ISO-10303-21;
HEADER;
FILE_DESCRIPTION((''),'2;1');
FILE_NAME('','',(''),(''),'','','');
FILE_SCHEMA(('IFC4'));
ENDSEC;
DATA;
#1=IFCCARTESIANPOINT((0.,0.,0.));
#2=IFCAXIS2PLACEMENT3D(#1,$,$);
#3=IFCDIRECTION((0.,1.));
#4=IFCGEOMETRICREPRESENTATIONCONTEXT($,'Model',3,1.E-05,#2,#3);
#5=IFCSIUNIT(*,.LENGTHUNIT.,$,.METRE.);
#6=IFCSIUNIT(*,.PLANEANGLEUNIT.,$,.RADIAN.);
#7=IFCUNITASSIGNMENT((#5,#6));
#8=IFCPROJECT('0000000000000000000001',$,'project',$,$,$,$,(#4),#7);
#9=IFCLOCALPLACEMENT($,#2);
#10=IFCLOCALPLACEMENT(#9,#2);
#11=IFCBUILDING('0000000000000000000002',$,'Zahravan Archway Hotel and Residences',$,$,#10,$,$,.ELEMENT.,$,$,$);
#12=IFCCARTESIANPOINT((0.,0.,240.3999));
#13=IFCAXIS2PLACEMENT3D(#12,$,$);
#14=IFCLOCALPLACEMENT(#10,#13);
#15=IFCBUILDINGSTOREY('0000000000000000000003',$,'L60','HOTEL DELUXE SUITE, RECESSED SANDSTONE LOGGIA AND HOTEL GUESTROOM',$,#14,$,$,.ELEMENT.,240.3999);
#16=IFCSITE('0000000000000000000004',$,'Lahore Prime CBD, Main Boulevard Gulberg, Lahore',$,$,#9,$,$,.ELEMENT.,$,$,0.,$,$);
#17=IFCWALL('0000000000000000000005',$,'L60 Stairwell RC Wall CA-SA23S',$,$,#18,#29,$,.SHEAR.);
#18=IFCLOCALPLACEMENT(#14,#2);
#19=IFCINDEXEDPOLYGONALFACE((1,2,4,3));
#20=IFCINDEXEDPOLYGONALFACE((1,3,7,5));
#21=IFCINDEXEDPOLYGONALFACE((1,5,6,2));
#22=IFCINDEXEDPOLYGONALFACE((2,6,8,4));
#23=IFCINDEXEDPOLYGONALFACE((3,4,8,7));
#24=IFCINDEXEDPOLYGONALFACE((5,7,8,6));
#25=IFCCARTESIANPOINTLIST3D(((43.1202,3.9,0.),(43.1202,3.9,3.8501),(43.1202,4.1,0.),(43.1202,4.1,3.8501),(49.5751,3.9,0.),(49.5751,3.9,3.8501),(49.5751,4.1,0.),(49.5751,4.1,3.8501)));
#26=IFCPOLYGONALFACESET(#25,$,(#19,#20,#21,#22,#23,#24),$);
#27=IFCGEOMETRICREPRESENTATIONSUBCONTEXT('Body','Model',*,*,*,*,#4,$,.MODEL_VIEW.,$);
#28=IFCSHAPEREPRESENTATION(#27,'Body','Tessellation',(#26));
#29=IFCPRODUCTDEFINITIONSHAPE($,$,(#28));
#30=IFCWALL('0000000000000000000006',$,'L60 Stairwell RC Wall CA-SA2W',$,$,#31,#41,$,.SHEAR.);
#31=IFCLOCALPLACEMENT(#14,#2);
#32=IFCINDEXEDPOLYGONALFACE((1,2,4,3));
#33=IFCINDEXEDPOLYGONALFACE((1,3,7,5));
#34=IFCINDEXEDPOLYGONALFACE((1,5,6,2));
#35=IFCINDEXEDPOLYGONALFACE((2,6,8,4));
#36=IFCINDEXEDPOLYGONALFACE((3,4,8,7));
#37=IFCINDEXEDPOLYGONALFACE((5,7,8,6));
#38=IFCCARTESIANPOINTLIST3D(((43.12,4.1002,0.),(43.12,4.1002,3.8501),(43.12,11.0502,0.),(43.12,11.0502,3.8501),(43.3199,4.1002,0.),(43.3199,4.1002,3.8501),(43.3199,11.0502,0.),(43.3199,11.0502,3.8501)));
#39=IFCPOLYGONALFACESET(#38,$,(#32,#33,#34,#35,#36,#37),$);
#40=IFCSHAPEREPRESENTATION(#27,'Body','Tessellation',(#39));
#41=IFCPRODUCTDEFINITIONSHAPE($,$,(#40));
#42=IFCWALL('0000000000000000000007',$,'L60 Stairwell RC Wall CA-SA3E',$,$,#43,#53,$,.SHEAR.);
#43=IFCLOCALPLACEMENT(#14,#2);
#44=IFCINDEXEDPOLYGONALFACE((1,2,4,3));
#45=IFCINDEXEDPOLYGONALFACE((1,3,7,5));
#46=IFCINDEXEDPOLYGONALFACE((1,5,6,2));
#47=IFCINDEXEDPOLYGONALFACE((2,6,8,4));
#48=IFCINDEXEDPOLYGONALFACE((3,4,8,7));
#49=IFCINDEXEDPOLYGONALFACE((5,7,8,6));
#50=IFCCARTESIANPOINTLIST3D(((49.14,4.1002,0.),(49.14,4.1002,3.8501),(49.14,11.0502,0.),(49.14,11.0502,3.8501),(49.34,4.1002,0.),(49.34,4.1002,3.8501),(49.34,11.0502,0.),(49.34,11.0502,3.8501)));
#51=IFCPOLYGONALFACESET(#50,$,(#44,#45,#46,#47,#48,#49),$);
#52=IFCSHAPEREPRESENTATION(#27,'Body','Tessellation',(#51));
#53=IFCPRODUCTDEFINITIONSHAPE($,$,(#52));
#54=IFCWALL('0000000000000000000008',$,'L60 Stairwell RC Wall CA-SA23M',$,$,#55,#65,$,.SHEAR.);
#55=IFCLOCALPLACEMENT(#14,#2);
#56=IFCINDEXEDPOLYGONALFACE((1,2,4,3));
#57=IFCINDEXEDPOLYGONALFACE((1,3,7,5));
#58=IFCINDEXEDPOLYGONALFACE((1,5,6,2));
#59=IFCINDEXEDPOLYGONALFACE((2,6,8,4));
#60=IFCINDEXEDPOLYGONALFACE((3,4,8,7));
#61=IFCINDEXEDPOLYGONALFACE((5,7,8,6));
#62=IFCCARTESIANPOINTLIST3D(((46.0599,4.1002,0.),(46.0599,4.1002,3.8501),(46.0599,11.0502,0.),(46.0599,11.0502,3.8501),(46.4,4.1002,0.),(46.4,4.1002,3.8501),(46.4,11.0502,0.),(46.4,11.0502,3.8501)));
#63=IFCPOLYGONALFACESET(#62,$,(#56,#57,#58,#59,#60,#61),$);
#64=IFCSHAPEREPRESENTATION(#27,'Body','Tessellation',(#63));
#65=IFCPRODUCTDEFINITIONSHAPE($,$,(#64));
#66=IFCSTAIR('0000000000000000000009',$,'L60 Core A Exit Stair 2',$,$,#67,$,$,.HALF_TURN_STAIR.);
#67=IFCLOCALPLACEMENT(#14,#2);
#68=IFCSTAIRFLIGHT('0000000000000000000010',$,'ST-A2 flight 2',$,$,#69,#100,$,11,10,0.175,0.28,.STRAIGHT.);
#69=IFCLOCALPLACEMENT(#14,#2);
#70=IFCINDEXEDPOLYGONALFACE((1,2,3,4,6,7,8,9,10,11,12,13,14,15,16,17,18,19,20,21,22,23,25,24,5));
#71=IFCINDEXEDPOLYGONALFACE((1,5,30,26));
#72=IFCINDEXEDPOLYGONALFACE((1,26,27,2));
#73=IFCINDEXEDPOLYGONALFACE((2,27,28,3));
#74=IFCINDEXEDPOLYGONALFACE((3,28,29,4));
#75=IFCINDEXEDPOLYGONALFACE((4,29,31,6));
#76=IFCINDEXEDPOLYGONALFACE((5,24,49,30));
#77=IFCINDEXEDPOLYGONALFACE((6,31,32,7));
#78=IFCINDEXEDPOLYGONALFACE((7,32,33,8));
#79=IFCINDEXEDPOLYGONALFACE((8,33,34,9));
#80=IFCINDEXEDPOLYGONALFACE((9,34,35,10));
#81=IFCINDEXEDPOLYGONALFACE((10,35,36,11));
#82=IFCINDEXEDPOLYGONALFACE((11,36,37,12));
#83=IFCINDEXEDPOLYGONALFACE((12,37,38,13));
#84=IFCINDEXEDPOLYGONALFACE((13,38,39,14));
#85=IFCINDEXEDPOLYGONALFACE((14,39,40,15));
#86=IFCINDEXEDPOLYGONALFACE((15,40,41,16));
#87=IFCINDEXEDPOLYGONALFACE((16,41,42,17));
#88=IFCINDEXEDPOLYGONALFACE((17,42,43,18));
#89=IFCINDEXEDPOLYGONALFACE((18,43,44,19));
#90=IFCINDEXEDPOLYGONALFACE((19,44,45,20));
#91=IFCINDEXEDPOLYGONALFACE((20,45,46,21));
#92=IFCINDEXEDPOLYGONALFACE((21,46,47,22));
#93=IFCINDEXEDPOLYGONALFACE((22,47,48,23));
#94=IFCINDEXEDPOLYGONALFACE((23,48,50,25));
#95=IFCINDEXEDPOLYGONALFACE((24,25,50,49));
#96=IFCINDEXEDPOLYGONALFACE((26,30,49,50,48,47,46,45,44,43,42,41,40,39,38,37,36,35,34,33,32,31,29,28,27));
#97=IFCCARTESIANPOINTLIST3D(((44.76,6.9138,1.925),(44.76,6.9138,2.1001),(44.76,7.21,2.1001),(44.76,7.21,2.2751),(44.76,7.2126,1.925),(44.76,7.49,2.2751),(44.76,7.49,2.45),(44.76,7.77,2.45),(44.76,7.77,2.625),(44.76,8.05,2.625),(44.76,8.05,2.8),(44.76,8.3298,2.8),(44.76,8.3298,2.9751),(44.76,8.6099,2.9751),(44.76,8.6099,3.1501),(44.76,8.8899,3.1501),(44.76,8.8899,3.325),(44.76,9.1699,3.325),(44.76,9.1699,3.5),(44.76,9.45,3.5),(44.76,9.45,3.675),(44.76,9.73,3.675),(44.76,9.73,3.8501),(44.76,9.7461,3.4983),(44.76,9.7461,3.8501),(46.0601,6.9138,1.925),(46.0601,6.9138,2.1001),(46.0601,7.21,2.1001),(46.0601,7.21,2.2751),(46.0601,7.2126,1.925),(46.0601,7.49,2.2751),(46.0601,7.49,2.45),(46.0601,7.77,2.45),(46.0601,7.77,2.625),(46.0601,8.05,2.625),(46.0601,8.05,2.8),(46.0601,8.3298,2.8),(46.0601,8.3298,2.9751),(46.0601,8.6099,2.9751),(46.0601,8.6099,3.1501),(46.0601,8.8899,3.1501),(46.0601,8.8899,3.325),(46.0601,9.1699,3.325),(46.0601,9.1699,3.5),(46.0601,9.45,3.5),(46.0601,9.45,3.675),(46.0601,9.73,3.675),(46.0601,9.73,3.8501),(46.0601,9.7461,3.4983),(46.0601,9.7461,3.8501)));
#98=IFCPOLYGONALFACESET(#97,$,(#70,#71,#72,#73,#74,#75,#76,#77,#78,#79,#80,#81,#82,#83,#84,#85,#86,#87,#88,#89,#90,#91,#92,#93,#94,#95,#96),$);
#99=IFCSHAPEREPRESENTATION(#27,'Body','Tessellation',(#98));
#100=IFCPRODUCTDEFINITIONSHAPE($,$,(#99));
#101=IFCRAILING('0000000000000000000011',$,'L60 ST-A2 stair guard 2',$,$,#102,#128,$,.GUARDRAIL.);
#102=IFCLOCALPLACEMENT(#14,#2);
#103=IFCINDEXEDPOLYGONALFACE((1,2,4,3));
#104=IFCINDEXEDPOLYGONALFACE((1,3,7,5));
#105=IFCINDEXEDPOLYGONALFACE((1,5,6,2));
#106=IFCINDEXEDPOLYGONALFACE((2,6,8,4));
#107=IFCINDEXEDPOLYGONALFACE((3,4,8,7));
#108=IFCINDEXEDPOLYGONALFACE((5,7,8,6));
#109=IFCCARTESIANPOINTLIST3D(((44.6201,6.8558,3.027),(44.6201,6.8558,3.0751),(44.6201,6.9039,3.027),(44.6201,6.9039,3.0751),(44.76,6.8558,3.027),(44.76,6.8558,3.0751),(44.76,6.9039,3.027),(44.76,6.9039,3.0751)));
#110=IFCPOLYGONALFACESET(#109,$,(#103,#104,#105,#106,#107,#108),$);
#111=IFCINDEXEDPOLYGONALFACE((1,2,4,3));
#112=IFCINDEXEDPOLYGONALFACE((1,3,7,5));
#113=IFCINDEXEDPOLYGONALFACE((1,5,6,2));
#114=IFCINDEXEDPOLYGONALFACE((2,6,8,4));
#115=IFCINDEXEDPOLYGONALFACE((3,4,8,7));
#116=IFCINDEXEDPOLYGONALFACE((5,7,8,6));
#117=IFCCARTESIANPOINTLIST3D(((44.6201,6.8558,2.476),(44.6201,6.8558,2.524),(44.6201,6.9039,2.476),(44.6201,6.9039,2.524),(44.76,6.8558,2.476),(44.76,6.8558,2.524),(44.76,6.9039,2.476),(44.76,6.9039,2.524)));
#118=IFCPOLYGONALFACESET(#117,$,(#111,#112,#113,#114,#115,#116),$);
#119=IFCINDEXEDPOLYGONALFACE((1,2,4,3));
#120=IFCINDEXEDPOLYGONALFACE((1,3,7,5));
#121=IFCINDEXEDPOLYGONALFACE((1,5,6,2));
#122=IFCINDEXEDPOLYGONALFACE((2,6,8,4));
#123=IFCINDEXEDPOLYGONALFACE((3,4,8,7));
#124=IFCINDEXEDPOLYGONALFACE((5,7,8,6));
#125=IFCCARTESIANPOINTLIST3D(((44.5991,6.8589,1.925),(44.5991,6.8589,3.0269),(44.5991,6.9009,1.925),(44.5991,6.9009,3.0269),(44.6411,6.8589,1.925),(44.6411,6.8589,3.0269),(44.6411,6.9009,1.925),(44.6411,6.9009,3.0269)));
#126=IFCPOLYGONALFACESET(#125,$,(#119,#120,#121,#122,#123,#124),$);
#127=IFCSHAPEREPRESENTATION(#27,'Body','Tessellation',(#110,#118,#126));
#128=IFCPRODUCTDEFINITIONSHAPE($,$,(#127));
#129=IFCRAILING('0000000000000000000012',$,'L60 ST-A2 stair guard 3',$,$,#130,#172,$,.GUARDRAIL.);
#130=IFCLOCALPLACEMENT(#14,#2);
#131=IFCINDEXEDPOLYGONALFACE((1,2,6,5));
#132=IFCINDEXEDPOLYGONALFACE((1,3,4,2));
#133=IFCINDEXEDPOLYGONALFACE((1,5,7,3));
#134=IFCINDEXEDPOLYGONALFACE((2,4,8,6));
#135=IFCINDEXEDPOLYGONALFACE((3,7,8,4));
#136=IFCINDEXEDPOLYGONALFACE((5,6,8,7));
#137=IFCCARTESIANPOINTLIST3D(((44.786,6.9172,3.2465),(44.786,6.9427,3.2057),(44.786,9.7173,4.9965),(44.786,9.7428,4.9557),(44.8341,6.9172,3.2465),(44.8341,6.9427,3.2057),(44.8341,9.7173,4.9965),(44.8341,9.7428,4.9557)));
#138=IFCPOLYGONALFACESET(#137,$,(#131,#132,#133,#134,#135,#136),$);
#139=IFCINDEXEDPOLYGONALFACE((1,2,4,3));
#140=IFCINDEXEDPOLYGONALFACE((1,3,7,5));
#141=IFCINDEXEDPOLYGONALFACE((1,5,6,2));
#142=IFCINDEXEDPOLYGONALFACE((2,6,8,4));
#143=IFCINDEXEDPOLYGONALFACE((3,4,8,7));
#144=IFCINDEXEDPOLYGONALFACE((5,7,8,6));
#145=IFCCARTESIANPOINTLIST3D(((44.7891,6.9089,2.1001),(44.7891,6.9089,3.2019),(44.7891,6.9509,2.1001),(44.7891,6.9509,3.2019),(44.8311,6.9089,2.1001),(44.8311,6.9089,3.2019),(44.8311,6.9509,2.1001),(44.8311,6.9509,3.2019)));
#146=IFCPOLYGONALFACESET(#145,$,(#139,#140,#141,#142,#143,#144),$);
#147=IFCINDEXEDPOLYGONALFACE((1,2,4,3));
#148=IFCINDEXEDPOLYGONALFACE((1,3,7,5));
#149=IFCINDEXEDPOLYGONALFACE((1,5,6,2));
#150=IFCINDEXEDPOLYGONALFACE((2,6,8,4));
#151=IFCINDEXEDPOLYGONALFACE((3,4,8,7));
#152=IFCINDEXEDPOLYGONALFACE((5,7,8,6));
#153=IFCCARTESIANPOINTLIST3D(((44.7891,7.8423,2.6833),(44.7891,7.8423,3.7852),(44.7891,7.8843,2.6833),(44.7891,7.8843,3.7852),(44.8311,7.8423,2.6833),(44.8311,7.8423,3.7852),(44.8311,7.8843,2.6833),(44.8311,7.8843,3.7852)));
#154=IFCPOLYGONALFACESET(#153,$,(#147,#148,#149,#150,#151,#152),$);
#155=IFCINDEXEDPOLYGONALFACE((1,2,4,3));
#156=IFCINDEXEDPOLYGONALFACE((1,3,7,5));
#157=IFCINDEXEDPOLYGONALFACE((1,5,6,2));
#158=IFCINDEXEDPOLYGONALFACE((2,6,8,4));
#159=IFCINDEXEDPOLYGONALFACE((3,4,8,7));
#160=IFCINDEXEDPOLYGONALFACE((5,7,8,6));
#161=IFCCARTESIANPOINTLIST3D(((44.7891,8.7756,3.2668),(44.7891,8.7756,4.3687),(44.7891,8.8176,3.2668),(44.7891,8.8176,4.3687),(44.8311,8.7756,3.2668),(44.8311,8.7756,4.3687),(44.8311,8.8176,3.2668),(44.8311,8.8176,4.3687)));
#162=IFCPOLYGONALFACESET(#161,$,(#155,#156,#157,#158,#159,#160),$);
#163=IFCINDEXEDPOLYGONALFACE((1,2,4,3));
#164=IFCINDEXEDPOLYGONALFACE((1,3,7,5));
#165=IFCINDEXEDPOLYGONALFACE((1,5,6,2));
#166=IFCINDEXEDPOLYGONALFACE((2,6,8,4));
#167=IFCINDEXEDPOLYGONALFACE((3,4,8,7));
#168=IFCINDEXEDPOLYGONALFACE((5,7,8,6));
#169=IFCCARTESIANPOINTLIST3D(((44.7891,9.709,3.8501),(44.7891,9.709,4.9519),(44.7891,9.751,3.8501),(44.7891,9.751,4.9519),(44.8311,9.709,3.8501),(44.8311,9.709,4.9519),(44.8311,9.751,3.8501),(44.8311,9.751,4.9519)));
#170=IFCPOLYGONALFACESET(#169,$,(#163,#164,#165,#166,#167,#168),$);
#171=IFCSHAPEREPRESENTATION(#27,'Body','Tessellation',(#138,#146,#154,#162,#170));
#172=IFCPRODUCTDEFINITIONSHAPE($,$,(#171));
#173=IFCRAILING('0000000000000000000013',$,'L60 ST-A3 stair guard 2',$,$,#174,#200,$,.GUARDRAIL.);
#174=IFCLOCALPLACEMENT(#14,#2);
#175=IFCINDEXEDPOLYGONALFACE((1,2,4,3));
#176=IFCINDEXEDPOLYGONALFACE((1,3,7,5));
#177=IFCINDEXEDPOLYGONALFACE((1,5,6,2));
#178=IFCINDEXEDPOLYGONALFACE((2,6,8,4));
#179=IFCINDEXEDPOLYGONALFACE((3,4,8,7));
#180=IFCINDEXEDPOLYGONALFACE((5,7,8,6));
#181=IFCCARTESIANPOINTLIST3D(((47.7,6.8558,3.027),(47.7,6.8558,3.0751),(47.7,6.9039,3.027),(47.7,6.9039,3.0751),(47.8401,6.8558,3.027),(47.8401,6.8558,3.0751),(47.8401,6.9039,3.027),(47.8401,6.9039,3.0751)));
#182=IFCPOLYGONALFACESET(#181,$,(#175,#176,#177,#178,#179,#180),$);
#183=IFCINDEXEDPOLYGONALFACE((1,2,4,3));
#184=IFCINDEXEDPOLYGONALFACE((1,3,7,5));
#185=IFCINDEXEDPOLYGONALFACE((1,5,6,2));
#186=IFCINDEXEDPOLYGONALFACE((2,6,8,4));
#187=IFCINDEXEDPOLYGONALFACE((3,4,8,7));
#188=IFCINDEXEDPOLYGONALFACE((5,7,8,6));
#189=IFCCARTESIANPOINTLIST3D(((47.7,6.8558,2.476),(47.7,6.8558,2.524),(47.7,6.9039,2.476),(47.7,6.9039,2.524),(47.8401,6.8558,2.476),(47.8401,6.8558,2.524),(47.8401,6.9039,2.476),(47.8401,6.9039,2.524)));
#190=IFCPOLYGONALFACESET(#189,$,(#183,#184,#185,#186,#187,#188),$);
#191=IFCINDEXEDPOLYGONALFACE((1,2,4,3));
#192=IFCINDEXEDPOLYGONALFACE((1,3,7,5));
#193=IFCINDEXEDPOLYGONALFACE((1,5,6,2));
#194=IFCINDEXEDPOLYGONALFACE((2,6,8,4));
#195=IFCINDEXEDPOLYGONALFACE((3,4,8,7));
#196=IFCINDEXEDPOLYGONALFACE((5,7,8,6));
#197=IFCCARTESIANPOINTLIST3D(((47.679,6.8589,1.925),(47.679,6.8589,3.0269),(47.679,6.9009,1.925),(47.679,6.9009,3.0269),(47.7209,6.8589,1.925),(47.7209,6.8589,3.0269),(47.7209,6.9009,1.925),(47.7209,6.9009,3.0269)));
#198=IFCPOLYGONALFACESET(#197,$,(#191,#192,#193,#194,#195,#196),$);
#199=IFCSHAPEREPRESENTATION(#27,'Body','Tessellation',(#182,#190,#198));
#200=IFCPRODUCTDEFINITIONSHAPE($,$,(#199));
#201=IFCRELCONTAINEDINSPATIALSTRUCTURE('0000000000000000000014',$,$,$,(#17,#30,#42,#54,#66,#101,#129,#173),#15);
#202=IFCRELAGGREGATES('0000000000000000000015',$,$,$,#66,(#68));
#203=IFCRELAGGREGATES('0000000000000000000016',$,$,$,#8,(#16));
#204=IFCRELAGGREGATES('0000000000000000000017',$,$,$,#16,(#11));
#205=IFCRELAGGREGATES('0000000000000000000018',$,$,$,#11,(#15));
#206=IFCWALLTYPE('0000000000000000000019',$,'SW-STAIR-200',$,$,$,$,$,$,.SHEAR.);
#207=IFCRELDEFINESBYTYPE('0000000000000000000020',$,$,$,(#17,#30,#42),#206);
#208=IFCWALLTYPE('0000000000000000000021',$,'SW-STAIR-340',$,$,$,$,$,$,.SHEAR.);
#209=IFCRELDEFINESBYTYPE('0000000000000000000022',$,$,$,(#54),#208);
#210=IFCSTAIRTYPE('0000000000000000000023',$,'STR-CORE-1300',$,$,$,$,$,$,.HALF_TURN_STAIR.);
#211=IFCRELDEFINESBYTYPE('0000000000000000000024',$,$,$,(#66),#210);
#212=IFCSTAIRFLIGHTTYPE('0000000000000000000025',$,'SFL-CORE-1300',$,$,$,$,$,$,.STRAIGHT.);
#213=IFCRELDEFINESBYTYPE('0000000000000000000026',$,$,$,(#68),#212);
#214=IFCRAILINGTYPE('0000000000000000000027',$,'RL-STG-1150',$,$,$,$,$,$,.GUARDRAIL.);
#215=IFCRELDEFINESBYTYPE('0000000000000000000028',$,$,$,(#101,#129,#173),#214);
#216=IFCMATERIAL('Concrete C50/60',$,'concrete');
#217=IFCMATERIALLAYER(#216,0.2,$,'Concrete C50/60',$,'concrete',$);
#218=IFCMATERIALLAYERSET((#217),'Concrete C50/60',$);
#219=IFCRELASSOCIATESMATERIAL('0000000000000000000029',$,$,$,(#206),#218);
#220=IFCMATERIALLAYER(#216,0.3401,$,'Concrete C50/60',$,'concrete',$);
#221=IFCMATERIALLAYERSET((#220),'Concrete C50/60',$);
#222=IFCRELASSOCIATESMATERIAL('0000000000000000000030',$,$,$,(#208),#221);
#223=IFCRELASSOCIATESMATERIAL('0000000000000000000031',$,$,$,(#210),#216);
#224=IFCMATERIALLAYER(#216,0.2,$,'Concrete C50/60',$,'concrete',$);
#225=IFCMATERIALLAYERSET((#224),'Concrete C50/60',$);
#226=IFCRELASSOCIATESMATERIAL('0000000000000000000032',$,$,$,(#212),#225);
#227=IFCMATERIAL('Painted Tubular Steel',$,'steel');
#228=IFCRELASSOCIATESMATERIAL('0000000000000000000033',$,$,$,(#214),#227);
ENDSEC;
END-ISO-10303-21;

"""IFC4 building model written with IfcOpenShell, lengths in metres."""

from ifc_helpers import new_model, si_unit, direction, frame, frame_2d, origin, origin_2d, place, context, subcontext, project, spatial, polyline, rectangle, outline, extrude, source, transform, mapped, material, layer, layer_set, type_object, element, aggregate, save


model = new_model("IFC4")

# Units and contexts
model_context = context("Model", 3, precision=1e-05, world=origin(), true_north=direction((0.0, 1.0)))
body_context = subcontext(model_context, "Body", "Model", "MODEL_VIEW")
ifc_project = project(units=[si_unit("LENGTHUNIT", "METRE"), si_unit("PLANEANGLEUNIT", "RADIAN")], contexts=[model_context])

# Site, building, storey
site_placement = place(None, origin())
site = spatial("IfcSite", under=ifc_project, at=site_placement, Name="Lahore Prime CBD, Main Boulevard Gulberg, Lahore", CompositionType="ELEMENT", RefElevation=0.0)
building_placement = place(site_placement, origin())
building = spatial("IfcBuilding", under=site, at=building_placement, Name="Zahravan Archway Hotel and Residences", CompositionType="ELEMENT")
storey_placement = place(building_placement, frame((0.0, 0.0, 240.3999)))
storey = spatial("IfcBuildingStorey", under=building, at=storey_placement, Name="L60", Description="HOTEL DELUXE SUITE, RECESSED SANDSTONE LOGGIA AND HOTEL GUESTROOM", CompositionType="ELEMENT", Elevation=240.3999)

# Shared definitions
ifc_material_1 = material(Name="Concrete C50/60", Category="concrete")

# Walls
ifc_layer_1 = layer(ifc_material_1, 0.2, Name="Concrete C50/60", Category="concrete")
ifc_layer_set_1 = layer_set([ifc_layer_1], Name="Concrete C50/60")
wall_type_1 = type_object("IfcWallType", Name="SW-STAIR-200", PredefinedType="SHEAR", material=ifc_layer_set_1)
wall_1_placement = place(storey_placement, frame((43.1201, 4.0, 0.0), z_axis=(0.0, 0.0, 1.0), x_axis=(1.0, 0.0, 0.0)))
element("IfcWall", 1, at=wall_1_placement, inside=storey, type_object=wall_type_1, Name="L60 Stairwell RC Wall CA-SA23S", PredefinedType="SHEAR", context=body_context, shape_type="SweptSolid", body=[
    extrude(rectangle(XDim=6.4548, YDim=0.2, at=frame_2d((3.2275, 0.0))), origin(), (0.0, 0.0, 1.0), 3.8501),
])
for number, where, z_axis, x_axis, name in (
    (2, (43.22, 4.1001, 0.0), (0.0, 0.0, 1.0), (0.0, 1.0, 0.0), "L60 Stairwell RC Wall CA-SA2W"),
    (3, (49.24, 4.1001, 0.0), (0.0, 0.0, 1.0), (0.0, 1.0, 0.0), "L60 Stairwell RC Wall CA-SA3E"),
):
    element("IfcWall", number, at=place(storey_placement, frame(where, z_axis=z_axis, x_axis=x_axis)), inside=storey, type_object=wall_type_1, Name=name, PredefinedType="SHEAR", context=body_context, shape_type="SweptSolid", body=[
        extrude(rectangle(XDim=6.95, YDim=0.2, at=frame_2d((3.4751, 0.0))), origin(), (0.0, 0.0, 1.0), 3.8501),
    ])
ifc_layer_2 = layer(ifc_material_1, 0.3401, Name="Concrete C50/60", Category="concrete")
ifc_layer_set_2 = layer_set([ifc_layer_2], Name="Concrete C50/60")
wall_type_2 = type_object("IfcWallType", Name="SW-STAIR-340", PredefinedType="SHEAR", material=ifc_layer_set_2)
wall_2_placement = place(storey_placement, frame((46.23, 4.1001, 0.0), z_axis=(0.0, 0.0, 1.0), x_axis=(0.0, 1.0, 0.0)))
element("IfcWall", 4, at=wall_2_placement, inside=storey, type_object=wall_type_2, Name="L60 Stairwell RC Wall CA-SA23M", PredefinedType="SHEAR", context=body_context, shape_type="SweptSolid", body=[
    extrude(rectangle(XDim=6.95, YDim=0.3401, at=frame_2d((3.4751, 0.0))), origin(), (0.0, 0.0, 1.0), 3.8501),
])

# Stair, stair flight
stair_type = type_object("IfcStairType", Name="STR-CORE-1300", PredefinedType="HALF_TURN_STAIR", material=ifc_material_1)
stair_placement = place(storey_placement, origin())
stair = element("IfcStair", 5, at=stair_placement, inside=storey, type_object=stair_type, Name="L60 Core A Exit Stair 2", PredefinedType="HALF_TURN_STAIR")
ifc_layer_3 = layer(ifc_material_1, 0.2, Name="Concrete C50/60", Category="concrete")
ifc_layer_set_3 = layer_set([ifc_layer_3], Name="Concrete C50/60")
stair_flight_type = type_object("IfcStairFlightType", Name="SFL-CORE-1300", PredefinedType="STRAIGHT", material=ifc_layer_set_3)
shared_shape_1 = source(origin(), body_context, "Body", "SweptSolid", [
    extrude(outline(polyline([(-0.0161, 0.0), (-0.0161, 0.175), (0.28, 0.175), (0.28, 0.3501), (0.5601, 0.3501), (0.5601, 0.5249), (0.8401, 0.5249), (0.8401, 0.7), (1.1201, 0.7), (1.1201, 0.875), (1.3999, 0.875), (1.3999, 1.05), (1.6799, 1.05), (1.6799, 1.2251), (1.96, 1.2251), (1.96, 1.3999), (2.24, 1.3999), (2.24, 1.575), (2.52, 1.575), (2.52, 1.75), (2.8, 1.75), (2.8, 1.925), (2.8162, 1.925), (2.8162, 1.5732), (0.2827, 0.0), (-0.0161, 0.0)])), frame((0.0, 0.6499, 0.0), z_axis=(0.0, -1.0, 0.0), x_axis=(1.0, 0.0, 0.0)), (0.0, 0.0, 1.0), 1.3),
])
stair_flight_placement = place(storey_placement, frame((45.4099, 6.9299, 1.925), z_axis=(0.0, 0.0, 1.0), x_axis=(0.0, 1.0, 0.0)))
stair_flight = element("IfcStairFlight", 6, at=stair_flight_placement, type_object=stair_flight_type, Name="ST-A2 flight 2", NumberOfRisers=11, NumberOfTreads=10, PredefinedType="STRAIGHT", RiserHeight=0.175, TreadLength=0.28, context=body_context, shape_type="MappedRepresentation", body=[
    mapped(shared_shape_1, transform((0.0, 0.0, 0.0), scale=1.0)),
])
aggregate(stair, [stair_flight])

# Railings
ifc_material_2 = material(Name="Painted Tubular Steel", Category="steel")
railing_type_1 = type_object("IfcRailingType", Name="RL-STG-1150", PredefinedType="GUARDRAIL", material=ifc_material_2)
railing_1_placement = place(storey_placement, frame((44.6201, 6.8799, 1.925)))
element("IfcRailing", 7, at=railing_1_placement, inside=storey, type_object=railing_type_1, Name="L60 ST-A2 stair guard 2", PredefinedType="GUARDRAIL", context=body_context, shape_type="SweptSolid", body=[
    extrude(rectangle(XDim=0.0481, YDim=0.0481, at=origin_2d()), frame((0.0, 0.0, 1.126), z_axis=(1.0, 0.0, 0.0), x_axis=(0.0, 1.0, 0.0)), (0.0, 0.0, 1.0), 0.1399),
    extrude(rectangle(XDim=0.0481, YDim=0.0481, at=origin_2d()), frame((0.0, 0.0, 0.575), z_axis=(1.0, 0.0, 0.0), x_axis=(0.0, 1.0, 0.0)), (0.0, 0.0, 1.0), 0.1399),
    extrude(rectangle(XDim=0.042, YDim=0.042, at=origin_2d()), origin(), (0.0, 0.0, 1.0), 1.1018),
])
railing_2_placement = place(storey_placement, frame((44.8101, 6.9299, 2.1001)))
element("IfcRailing", 8, at=railing_2_placement, inside=storey, type_object=railing_type_1, Name="L60 ST-A2 stair guard 3", PredefinedType="GUARDRAIL", context=body_context, shape_type="SweptSolid", body=[
    extrude(rectangle(XDim=0.0481, YDim=0.0481, at=origin_2d()), frame((0.0, 0.0, 1.126), z_axis=(0.0, 0.848002, 0.529992), x_axis=(-1.0, 0.0, 0.0)), (0.0, 0.0, 1.0), 3.302),
    extrude(rectangle(XDim=0.042, YDim=0.042, at=origin_2d()), origin(), (0.0, 0.0, 1.0), 1.1018),
    extrude(rectangle(XDim=0.042, YDim=0.042, at=origin_2d()), frame((0.0, 0.9333, 0.5833)), (0.0, 0.0, 1.0), 1.1018),
    extrude(rectangle(XDim=0.042, YDim=0.042, at=origin_2d()), frame((0.0, 1.8667, 1.1667)), (0.0, 0.0, 1.0), 1.1018),
    extrude(rectangle(XDim=0.042, YDim=0.042, at=origin_2d()), frame((0.0, 2.8, 1.75)), (0.0, 0.0, 1.0), 1.1018),
])
railing_3_placement = place(storey_placement, frame((47.7, 6.8799, 1.925)))
element("IfcRailing", 9, at=railing_3_placement, inside=storey, type_object=railing_type_1, Name="L60 ST-A3 stair guard 2", PredefinedType="GUARDRAIL", context=body_context, shape_type="SweptSolid", body=[
    extrude(rectangle(XDim=0.0481, YDim=0.0481, at=origin_2d()), frame((0.0, 0.0, 1.126), z_axis=(1.0, 0.0, 0.0), x_axis=(0.0, 1.0, 0.0)), (0.0, 0.0, 1.0), 0.1401),
    extrude(rectangle(XDim=0.0481, YDim=0.0481, at=origin_2d()), frame((0.0, 0.0, 0.575), z_axis=(1.0, 0.0, 0.0), x_axis=(0.0, 1.0, 0.0)), (0.0, 0.0, 1.0), 0.1401),
    extrude(rectangle(XDim=0.042, YDim=0.042, at=origin_2d()), origin(), (0.0, 0.0, 1.0), 1.1018),
])

save(model, "model.ifc")
